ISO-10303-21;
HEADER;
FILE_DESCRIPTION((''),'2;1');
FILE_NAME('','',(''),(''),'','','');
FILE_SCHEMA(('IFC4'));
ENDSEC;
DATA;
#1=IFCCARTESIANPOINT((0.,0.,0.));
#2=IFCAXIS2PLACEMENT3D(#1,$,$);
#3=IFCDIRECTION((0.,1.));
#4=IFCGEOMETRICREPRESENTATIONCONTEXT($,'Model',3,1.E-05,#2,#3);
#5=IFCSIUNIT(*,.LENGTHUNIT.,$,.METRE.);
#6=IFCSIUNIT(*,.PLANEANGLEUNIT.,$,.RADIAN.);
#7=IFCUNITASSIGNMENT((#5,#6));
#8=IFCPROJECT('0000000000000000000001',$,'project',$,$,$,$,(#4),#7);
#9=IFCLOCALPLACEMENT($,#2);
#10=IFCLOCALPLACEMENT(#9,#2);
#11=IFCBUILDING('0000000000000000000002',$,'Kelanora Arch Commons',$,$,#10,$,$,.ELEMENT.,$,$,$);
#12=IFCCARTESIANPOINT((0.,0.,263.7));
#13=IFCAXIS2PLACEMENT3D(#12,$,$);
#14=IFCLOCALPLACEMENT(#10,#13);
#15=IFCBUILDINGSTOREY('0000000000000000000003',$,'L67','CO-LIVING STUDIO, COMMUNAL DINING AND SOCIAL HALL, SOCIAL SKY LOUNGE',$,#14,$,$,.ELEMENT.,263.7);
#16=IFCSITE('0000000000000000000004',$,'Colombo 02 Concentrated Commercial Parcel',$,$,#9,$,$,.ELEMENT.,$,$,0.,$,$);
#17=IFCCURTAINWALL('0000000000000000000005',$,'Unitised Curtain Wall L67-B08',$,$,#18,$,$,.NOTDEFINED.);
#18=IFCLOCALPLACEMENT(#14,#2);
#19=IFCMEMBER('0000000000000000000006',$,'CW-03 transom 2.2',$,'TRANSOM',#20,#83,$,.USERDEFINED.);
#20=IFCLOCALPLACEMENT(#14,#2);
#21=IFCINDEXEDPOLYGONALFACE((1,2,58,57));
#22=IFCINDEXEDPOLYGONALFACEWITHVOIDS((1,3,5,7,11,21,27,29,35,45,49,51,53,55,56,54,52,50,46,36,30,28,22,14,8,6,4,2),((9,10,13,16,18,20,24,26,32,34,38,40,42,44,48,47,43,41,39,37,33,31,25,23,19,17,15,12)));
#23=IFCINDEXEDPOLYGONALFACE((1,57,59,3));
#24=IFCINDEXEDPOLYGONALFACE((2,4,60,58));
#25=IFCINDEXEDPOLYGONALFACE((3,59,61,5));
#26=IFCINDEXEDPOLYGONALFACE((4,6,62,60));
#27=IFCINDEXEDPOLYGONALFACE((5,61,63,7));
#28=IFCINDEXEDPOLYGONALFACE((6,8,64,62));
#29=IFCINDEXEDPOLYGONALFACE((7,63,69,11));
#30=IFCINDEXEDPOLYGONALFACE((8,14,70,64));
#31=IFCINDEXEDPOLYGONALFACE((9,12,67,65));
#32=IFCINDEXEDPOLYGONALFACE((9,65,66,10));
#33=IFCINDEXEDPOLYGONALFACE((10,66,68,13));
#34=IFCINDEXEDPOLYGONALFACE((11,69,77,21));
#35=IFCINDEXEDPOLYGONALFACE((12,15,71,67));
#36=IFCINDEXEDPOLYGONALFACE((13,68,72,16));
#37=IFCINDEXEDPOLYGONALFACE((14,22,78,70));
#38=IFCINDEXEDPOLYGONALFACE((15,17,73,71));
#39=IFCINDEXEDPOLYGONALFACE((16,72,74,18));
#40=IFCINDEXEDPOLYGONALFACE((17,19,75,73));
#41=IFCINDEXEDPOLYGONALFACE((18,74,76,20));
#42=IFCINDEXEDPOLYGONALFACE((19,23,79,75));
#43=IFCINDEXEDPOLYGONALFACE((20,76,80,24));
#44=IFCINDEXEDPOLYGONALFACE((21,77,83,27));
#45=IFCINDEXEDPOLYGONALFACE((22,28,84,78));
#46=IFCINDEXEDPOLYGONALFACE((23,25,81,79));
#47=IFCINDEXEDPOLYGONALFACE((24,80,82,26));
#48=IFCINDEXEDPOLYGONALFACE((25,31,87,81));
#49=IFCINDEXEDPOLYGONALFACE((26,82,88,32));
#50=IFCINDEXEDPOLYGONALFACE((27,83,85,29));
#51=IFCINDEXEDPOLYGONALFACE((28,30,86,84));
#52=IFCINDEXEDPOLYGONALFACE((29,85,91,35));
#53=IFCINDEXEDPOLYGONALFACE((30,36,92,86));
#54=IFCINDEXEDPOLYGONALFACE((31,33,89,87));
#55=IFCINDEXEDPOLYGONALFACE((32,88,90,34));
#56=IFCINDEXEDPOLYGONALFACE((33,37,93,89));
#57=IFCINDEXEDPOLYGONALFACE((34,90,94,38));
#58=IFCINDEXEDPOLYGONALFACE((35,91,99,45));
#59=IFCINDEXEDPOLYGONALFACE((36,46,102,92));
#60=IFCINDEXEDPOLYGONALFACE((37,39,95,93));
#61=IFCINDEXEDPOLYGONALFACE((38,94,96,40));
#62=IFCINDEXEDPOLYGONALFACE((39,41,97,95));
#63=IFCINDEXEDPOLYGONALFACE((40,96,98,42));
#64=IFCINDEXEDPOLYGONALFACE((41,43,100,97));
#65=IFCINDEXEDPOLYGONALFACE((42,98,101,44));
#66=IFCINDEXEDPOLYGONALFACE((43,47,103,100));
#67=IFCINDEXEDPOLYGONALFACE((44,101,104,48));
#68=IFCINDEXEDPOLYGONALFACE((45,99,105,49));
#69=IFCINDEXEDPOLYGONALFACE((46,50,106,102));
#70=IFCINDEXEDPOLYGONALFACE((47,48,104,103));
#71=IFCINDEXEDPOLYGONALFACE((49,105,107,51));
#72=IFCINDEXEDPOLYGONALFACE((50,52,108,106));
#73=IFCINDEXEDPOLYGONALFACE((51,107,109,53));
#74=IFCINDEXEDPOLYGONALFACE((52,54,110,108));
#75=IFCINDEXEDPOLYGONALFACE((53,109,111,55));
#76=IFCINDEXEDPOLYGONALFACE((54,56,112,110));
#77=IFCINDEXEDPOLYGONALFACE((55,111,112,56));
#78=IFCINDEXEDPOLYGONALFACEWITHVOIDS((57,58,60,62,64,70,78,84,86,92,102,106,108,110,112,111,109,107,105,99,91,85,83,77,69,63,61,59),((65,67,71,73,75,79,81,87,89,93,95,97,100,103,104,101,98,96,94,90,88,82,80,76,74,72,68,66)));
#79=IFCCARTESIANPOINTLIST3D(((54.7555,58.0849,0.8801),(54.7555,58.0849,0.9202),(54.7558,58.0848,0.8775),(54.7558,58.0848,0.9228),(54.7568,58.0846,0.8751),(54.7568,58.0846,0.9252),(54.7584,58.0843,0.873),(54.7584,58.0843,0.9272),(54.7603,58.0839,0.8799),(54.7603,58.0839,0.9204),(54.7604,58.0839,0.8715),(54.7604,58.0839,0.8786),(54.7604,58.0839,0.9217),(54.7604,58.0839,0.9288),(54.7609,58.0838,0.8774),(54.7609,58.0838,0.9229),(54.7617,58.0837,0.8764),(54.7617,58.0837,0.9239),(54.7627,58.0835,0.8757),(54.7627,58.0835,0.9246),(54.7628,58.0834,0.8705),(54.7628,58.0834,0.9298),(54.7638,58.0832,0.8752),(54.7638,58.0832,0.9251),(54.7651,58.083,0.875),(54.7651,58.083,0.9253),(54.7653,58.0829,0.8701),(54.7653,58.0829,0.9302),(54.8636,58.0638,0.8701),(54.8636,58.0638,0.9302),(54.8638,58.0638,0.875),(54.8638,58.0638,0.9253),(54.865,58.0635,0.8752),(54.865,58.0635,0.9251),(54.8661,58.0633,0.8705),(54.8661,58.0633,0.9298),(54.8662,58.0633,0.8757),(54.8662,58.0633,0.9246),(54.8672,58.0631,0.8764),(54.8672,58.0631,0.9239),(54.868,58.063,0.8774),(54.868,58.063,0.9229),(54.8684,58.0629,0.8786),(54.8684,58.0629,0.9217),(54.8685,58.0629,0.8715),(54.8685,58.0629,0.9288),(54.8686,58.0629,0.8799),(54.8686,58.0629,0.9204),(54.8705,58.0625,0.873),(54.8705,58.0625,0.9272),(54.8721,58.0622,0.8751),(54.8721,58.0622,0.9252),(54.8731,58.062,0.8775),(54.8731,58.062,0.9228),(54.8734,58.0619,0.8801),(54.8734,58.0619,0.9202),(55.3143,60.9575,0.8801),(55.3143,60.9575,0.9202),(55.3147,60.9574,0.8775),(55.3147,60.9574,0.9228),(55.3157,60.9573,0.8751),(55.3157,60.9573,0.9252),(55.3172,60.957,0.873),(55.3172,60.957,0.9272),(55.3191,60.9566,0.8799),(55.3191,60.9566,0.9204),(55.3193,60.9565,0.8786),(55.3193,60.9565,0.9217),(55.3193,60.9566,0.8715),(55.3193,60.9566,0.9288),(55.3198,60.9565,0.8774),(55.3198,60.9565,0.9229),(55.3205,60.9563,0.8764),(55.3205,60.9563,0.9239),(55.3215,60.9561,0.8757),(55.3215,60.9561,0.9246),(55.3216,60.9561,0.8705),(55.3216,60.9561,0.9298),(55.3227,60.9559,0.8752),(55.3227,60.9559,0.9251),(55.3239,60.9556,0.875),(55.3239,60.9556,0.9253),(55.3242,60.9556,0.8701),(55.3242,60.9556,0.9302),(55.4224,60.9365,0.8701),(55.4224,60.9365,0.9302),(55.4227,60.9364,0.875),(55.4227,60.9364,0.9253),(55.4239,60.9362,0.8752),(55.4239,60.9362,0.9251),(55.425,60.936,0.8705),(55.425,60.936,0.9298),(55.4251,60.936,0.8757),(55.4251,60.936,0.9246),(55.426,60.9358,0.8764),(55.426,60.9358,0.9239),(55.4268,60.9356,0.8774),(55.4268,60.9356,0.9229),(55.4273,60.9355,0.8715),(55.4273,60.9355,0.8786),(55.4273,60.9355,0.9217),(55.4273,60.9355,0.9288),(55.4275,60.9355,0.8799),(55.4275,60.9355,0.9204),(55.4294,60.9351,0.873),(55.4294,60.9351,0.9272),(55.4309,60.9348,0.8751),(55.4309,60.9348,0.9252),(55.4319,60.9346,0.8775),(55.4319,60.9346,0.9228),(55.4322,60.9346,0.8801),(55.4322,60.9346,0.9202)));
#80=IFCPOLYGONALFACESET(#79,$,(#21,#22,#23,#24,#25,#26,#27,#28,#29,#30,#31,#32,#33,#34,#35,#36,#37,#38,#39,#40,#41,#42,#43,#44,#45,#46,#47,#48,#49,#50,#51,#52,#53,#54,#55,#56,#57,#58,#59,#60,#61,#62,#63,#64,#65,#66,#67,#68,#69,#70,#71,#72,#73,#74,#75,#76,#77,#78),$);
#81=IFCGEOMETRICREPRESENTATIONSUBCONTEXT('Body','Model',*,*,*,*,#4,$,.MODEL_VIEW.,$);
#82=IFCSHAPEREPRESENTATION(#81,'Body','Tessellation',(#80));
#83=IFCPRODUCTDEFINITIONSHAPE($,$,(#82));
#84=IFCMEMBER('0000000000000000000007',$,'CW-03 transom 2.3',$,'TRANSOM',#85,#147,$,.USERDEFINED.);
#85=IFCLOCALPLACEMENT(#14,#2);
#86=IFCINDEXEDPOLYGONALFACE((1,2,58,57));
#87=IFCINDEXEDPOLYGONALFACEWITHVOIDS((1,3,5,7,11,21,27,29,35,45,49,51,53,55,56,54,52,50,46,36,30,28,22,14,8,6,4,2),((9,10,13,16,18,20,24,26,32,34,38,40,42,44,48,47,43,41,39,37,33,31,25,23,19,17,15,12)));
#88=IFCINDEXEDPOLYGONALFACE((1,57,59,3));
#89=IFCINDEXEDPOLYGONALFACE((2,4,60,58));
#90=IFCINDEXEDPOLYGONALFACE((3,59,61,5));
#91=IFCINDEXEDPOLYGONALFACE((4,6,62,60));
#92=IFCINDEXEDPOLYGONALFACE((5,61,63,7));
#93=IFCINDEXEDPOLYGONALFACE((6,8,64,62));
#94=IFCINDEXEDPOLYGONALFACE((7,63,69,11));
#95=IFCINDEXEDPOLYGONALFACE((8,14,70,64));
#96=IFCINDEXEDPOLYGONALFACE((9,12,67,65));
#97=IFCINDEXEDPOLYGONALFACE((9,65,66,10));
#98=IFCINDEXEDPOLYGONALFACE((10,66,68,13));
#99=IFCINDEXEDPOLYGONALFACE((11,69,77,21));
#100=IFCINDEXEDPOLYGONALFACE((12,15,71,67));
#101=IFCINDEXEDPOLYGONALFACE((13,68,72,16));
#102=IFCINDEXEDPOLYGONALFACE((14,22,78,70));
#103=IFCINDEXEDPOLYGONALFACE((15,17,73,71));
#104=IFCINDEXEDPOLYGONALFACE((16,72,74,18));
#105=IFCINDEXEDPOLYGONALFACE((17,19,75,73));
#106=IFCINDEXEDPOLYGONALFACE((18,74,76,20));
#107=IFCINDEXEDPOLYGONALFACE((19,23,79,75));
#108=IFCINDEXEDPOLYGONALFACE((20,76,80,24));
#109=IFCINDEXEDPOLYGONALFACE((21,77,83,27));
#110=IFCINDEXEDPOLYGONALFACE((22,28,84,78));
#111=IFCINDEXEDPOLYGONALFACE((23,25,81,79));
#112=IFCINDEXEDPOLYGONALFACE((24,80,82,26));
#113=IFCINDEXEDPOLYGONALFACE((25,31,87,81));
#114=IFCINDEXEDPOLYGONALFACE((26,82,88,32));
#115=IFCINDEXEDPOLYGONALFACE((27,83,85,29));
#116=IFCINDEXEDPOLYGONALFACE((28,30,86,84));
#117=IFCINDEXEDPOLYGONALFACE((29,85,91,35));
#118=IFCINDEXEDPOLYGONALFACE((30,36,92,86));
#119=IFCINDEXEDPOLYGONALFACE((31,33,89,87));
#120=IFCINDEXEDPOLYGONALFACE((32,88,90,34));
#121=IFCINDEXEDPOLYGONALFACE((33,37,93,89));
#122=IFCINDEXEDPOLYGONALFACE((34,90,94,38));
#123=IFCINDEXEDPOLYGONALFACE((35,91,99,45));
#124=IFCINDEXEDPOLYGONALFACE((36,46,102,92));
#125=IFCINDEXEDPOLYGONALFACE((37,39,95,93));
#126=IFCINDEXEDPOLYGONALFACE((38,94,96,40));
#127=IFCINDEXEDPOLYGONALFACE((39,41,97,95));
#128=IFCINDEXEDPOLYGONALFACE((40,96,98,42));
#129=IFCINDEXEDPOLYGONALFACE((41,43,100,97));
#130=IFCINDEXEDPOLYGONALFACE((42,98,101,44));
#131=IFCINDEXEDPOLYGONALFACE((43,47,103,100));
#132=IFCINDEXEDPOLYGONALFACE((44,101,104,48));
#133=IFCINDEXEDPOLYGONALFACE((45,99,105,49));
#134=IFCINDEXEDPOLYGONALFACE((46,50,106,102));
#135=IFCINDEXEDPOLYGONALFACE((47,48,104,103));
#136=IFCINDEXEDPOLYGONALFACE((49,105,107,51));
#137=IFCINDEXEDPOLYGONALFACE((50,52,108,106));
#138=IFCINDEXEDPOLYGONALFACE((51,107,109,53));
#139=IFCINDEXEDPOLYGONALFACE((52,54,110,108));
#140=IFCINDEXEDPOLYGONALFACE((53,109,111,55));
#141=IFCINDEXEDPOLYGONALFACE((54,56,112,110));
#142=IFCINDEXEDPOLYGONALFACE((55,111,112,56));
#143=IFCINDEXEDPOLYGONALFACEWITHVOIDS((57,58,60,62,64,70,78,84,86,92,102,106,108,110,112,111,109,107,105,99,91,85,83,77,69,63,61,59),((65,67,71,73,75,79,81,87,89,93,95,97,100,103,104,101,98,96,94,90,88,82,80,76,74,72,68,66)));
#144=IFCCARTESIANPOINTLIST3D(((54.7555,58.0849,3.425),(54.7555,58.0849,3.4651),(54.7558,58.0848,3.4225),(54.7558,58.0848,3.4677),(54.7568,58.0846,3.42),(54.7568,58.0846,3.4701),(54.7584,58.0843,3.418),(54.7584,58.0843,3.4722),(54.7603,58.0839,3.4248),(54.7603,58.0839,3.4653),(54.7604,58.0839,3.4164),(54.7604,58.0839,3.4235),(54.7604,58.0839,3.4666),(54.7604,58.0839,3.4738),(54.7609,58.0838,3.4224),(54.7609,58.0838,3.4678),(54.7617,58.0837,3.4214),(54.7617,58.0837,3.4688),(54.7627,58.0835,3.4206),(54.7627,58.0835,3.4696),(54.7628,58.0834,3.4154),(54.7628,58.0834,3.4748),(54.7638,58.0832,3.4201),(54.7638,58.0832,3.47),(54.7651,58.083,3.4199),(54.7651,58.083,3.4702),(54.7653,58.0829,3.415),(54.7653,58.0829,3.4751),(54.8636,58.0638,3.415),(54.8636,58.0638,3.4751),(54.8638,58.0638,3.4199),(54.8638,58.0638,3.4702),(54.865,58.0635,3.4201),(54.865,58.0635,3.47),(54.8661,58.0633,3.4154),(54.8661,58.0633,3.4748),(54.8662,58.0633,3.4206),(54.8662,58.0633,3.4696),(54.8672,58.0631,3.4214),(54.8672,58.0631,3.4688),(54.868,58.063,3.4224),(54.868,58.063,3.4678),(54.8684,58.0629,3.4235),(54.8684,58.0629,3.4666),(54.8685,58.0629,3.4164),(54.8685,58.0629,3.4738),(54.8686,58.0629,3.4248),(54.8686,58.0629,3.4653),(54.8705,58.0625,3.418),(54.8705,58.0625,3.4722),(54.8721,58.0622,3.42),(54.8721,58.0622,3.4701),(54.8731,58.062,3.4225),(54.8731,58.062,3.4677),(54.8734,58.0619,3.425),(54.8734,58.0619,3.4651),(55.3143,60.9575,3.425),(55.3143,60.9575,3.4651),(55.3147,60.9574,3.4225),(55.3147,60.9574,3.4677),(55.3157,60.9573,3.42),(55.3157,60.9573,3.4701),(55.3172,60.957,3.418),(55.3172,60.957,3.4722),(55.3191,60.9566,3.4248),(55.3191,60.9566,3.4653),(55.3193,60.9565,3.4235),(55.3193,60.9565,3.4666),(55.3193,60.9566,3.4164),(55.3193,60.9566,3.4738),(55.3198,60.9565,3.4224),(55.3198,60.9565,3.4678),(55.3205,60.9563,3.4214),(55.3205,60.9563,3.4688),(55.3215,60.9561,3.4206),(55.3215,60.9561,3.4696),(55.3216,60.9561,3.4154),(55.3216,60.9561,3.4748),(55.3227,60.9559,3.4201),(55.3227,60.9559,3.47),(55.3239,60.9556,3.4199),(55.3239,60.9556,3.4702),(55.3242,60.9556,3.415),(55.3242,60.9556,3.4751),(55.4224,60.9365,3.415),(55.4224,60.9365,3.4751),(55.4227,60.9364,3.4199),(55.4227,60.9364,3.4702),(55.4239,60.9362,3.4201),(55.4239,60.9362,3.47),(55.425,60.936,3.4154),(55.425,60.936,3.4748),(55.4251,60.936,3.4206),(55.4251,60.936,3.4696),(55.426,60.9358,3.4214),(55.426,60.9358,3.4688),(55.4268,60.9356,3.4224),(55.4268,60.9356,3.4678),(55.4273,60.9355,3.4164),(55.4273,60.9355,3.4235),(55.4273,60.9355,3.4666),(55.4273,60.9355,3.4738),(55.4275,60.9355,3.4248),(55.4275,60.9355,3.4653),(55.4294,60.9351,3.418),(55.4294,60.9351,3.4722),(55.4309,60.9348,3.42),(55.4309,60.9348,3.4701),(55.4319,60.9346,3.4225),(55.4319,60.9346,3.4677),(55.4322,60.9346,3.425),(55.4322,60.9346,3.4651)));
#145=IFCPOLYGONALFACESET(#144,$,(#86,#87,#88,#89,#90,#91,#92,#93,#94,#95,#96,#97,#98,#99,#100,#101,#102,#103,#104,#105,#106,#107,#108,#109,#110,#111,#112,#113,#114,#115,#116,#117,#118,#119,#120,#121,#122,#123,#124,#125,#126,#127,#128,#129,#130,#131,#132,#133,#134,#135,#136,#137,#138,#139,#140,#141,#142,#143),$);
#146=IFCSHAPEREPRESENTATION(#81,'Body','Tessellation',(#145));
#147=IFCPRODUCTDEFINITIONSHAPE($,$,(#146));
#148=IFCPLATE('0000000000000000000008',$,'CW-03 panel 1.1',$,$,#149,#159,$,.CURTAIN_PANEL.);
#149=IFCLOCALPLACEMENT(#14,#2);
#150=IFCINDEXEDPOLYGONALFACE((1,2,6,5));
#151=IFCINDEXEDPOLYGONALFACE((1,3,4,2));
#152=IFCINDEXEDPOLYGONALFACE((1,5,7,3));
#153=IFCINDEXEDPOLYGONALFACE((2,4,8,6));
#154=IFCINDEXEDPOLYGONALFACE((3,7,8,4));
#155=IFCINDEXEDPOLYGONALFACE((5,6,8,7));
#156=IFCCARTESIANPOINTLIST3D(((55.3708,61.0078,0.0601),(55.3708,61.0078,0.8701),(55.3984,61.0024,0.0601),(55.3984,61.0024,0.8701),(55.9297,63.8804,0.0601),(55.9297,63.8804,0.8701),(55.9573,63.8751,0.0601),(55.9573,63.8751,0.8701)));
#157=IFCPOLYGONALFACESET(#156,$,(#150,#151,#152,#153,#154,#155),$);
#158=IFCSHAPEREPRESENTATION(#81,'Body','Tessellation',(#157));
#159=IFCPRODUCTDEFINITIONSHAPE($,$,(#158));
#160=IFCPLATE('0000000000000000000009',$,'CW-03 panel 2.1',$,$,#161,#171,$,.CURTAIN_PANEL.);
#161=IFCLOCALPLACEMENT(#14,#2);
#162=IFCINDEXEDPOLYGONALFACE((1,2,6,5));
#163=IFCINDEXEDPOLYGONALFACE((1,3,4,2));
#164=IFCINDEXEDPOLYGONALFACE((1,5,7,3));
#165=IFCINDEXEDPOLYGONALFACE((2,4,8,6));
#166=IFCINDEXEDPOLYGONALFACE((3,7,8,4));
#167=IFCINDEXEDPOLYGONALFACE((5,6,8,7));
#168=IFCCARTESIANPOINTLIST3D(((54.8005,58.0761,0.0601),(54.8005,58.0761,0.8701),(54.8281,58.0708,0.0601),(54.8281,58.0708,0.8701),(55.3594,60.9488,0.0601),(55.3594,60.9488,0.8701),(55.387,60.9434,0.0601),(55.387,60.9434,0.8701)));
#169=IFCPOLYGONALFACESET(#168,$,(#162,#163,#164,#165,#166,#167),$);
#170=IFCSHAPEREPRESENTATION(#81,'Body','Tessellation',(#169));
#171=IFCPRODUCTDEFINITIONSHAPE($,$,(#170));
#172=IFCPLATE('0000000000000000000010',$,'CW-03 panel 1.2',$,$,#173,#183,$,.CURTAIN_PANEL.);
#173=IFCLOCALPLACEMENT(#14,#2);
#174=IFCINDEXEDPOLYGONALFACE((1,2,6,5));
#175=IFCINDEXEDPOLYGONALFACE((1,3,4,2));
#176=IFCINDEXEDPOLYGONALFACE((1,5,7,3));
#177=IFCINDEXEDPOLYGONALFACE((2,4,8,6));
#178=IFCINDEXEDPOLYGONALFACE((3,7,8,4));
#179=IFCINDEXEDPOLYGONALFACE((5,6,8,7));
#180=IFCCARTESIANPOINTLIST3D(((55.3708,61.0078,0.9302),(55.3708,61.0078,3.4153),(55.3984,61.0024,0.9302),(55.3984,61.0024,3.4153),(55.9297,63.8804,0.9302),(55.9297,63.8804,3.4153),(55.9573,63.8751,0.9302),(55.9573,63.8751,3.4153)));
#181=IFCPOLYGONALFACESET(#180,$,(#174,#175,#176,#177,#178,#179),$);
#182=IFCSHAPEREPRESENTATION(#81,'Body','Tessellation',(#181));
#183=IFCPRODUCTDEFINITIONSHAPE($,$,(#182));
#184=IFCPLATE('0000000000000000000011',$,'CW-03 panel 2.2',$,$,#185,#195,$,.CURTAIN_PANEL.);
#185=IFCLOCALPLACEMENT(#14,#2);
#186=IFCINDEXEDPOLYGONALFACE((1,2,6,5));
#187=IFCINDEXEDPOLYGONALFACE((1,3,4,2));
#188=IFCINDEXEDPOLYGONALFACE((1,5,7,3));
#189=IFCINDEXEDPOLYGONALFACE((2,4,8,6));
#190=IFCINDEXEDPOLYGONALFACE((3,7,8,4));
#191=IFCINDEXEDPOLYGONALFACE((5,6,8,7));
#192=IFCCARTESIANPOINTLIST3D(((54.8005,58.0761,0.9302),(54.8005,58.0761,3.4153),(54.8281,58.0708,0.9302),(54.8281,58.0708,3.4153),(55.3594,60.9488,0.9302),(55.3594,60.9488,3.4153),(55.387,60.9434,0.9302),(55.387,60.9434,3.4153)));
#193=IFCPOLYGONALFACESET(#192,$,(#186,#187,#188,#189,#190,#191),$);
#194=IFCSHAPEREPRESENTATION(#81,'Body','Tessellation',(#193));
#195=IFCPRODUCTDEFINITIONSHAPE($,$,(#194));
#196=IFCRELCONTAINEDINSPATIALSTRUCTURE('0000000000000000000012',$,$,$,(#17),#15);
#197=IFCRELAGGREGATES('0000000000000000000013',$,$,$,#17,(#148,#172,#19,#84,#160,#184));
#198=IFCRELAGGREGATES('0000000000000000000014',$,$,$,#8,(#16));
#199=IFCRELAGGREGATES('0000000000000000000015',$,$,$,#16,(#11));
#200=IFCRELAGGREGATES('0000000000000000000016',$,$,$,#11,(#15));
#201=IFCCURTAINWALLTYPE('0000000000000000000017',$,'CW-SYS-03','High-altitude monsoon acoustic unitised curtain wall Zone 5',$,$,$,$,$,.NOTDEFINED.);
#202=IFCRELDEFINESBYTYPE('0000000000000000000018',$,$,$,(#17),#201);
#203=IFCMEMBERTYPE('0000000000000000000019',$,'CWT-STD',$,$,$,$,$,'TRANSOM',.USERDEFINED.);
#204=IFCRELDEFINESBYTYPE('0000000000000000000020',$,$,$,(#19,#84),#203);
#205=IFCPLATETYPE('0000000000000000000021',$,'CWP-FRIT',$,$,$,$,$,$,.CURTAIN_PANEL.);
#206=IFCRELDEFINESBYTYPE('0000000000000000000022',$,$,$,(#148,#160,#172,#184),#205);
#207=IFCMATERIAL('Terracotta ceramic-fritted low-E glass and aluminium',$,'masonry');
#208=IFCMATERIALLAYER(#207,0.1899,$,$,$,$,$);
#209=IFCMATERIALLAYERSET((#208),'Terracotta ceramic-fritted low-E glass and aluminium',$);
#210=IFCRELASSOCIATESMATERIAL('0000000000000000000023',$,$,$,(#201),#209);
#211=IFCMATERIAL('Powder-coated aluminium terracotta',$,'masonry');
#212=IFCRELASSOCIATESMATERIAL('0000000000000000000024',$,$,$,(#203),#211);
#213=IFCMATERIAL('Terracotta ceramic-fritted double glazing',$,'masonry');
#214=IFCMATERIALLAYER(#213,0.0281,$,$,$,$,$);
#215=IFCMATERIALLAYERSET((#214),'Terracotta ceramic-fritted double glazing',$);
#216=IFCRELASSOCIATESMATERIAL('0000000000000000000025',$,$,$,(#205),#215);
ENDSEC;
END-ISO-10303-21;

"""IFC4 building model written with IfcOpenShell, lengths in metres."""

from ifc_helpers import new_model, si_unit, direction, frame, origin, origin_2d, place, context, subcontext, project, spatial, rectangle, hollow_rectangle, extrude, source, transform, mapped, material, layer, layer_set, material_profile, profile_set, type_object, element, aggregate, save


model = new_model("IFC4")

# Units and contexts
model_context = context("Model", 3, precision=1e-05, world=origin(), true_north=direction((0.0, 1.0)))
body_context = subcontext(model_context, "Body", "Model", "MODEL_VIEW")
ifc_project = project(units=[si_unit("LENGTHUNIT", "METRE"), si_unit("PLANEANGLEUNIT", "RADIAN")], contexts=[model_context])

# Site, building, storey
site_placement = place(None, origin())
site = spatial("IfcSite", under=ifc_project, at=site_placement, Name="Colombo 02 Concentrated Commercial Parcel", CompositionType="ELEMENT", RefElevation=0.0)
building_placement = place(site_placement, origin())
building = spatial("IfcBuilding", under=site, at=building_placement, Name="Kelanora Arch Commons", CompositionType="ELEMENT")
storey_placement = place(building_placement, frame((0.0, 0.0, 263.7)))
storey = spatial("IfcBuildingStorey", under=building, at=storey_placement, Name="L67", Description="CO-LIVING STUDIO, COMMUNAL DINING AND SOCIAL HALL, SOCIAL SKY LOUNGE", CompositionType="ELEMENT", Elevation=263.7)

# Curtain wall, members, plates
ifc_material_1 = material(Name="Terracotta ceramic-fritted low-E glass and aluminium", Category="masonry")
ifc_layer_1 = layer(ifc_material_1, 0.1899)
ifc_layer_set_1 = layer_set([ifc_layer_1], Name="Terracotta ceramic-fritted low-E glass and aluminium")
curtain_wall_type = type_object("IfcCurtainWallType", Name="CW-SYS-03", Description="High-altitude monsoon acoustic unitised curtain wall Zone 5", PredefinedType="NOTDEFINED", material=ifc_layer_set_1)
curtain_wall_placement = place(storey_placement, origin())
curtain_wall = element("IfcCurtainWall", 1, at=curtain_wall_placement, inside=storey, type_object=curtain_wall_type, Name="Unitised Curtain Wall L67-B08", PredefinedType="NOTDEFINED")
ifc_material_2 = material(Name="Powder-coated aluminium terracotta", Category="masonry")
ifc_material_profile_1 = material_profile(ifc_material_2, hollow_rectangle(XDim=0.1201, YDim=0.0601, WallThickness=0.0049, InnerFilletRadius=0.0049, OuterFilletRadius=0.01, at=origin_2d()), Name="CWT120x60")
ifc_profile_set_1 = profile_set([ifc_material_profile_1], Name="Powder-coated aluminium terracotta")
member_type_1 = type_object("IfcMemberType", Name="CWT-STD", ElementType="TRANSOM", PredefinedType="USERDEFINED", material=ifc_profile_set_1)
member_1_placement = place(storey_placement, frame((55.3733, 60.946, 0.9001), z_axis=(-0.190963, -0.981597, 0.0), x_axis=(0.981597, -0.190963, 0.0)))
member_1 = element("IfcMember", 2, at=member_1_placement, type_object=member_type_1, Name="CW-03 transom 2.2", ObjectType="TRANSOM", PredefinedType="USERDEFINED", context=body_context, shape_type="SweptSolid", body=[
    extrude(hollow_rectangle(XDim=0.1201, YDim=0.0601, WallThickness=0.0049, InnerFilletRadius=0.0049, OuterFilletRadius=0.01, at=origin_2d()), origin(), (0.0, 0.0, 1.0), 2.9265),
])
member_2_placement = place(storey_placement, frame((55.3733, 60.946, 3.4451), z_axis=(-0.190963, -0.981597, 0.0), x_axis=(0.981597, -0.190963, 0.0)))
member_2 = element("IfcMember", 3, at=member_2_placement, type_object=member_type_1, Name="CW-03 transom 2.3", ObjectType="TRANSOM", PredefinedType="USERDEFINED", context=body_context, shape_type="SweptSolid", body=[
    extrude(hollow_rectangle(XDim=0.1201, YDim=0.0601, WallThickness=0.0049, InnerFilletRadius=0.0049, OuterFilletRadius=0.01, at=origin_2d()), origin(), (0.0, 0.0, 1.0), 2.9265),
])
ifc_material_3 = material(Name="Terracotta ceramic-fritted double glazing", Category="masonry")
ifc_layer_2 = layer(ifc_material_3, 0.0281)
ifc_layer_set_2 = layer_set([ifc_layer_2], Name="Terracotta ceramic-fritted double glazing")
plate_type = type_object("IfcPlateType", Name="CWP-FRIT", PredefinedType="CURTAIN_PANEL", material=ifc_layer_set_2)
shared_shape_1 = source(origin(), body_context, "Body", "SweptSolid", [
    extrude(rectangle(XDim=2.9265, YDim=0.0281, at=origin_2d()), origin(), (0.0, 0.0, 1.0), 0.8101),
])
plate_1_placement = place(storey_placement, frame((55.6641, 62.4414, 0.0601), z_axis=(0.0, 0.0, 1.0), x_axis=(-0.190972, -0.981596, 0.0)))
plate_1 = element("IfcPlate", 4, at=plate_1_placement, type_object=plate_type, Name="CW-03 panel 1.1", PredefinedType="CURTAIN_PANEL", context=body_context, shape_type="MappedRepresentation", body=[
    mapped(shared_shape_1, transform((0.0, 0.0, 0.0), scale=1.0)),
])
plate_2_placement = place(storey_placement, frame((55.0938, 59.5098, 0.0601), z_axis=(0.0, 0.0, 1.0), x_axis=(-0.190972, -0.981596, 0.0)))
plate_2 = element("IfcPlate", 5, at=plate_2_placement, type_object=plate_type, Name="CW-03 panel 2.1", PredefinedType="CURTAIN_PANEL", context=body_context, shape_type="MappedRepresentation", body=[
    mapped(shared_shape_1, transform((0.0, 0.0, 0.0), scale=1.0)),
])
shared_shape_2 = source(origin(), body_context, "Body", "SweptSolid", [
    extrude(rectangle(XDim=2.9265, YDim=0.0281, at=origin_2d()), origin(), (0.0, 0.0, 1.0), 2.4851),
])
plate_3_placement = place(storey_placement, frame((55.6641, 62.4414, 0.9302), z_axis=(0.0, 0.0, 1.0), x_axis=(-0.190972, -0.981596, 0.0)))
plate_3 = element("IfcPlate", 6, at=plate_3_placement, type_object=plate_type, Name="CW-03 panel 1.2", PredefinedType="CURTAIN_PANEL", context=body_context, shape_type="MappedRepresentation", body=[
    mapped(shared_shape_2, transform((0.0, 0.0, 0.0), scale=1.0)),
])
plate_4_placement = place(storey_placement, frame((55.0938, 59.5098, 0.9302), z_axis=(0.0, 0.0, 1.0), x_axis=(-0.190972, -0.981596, 0.0)))
plate_4 = element("IfcPlate", 7, at=plate_4_placement, type_object=plate_type, Name="CW-03 panel 2.2", PredefinedType="CURTAIN_PANEL", context=body_context, shape_type="MappedRepresentation", body=[
    mapped(shared_shape_2, transform((0.0, 0.0, 0.0), scale=1.0)),
])
aggregate(curtain_wall, [plate_1, plate_3, member_1, member_2, plate_2, plate_4])

save(model, "model.ifc")
